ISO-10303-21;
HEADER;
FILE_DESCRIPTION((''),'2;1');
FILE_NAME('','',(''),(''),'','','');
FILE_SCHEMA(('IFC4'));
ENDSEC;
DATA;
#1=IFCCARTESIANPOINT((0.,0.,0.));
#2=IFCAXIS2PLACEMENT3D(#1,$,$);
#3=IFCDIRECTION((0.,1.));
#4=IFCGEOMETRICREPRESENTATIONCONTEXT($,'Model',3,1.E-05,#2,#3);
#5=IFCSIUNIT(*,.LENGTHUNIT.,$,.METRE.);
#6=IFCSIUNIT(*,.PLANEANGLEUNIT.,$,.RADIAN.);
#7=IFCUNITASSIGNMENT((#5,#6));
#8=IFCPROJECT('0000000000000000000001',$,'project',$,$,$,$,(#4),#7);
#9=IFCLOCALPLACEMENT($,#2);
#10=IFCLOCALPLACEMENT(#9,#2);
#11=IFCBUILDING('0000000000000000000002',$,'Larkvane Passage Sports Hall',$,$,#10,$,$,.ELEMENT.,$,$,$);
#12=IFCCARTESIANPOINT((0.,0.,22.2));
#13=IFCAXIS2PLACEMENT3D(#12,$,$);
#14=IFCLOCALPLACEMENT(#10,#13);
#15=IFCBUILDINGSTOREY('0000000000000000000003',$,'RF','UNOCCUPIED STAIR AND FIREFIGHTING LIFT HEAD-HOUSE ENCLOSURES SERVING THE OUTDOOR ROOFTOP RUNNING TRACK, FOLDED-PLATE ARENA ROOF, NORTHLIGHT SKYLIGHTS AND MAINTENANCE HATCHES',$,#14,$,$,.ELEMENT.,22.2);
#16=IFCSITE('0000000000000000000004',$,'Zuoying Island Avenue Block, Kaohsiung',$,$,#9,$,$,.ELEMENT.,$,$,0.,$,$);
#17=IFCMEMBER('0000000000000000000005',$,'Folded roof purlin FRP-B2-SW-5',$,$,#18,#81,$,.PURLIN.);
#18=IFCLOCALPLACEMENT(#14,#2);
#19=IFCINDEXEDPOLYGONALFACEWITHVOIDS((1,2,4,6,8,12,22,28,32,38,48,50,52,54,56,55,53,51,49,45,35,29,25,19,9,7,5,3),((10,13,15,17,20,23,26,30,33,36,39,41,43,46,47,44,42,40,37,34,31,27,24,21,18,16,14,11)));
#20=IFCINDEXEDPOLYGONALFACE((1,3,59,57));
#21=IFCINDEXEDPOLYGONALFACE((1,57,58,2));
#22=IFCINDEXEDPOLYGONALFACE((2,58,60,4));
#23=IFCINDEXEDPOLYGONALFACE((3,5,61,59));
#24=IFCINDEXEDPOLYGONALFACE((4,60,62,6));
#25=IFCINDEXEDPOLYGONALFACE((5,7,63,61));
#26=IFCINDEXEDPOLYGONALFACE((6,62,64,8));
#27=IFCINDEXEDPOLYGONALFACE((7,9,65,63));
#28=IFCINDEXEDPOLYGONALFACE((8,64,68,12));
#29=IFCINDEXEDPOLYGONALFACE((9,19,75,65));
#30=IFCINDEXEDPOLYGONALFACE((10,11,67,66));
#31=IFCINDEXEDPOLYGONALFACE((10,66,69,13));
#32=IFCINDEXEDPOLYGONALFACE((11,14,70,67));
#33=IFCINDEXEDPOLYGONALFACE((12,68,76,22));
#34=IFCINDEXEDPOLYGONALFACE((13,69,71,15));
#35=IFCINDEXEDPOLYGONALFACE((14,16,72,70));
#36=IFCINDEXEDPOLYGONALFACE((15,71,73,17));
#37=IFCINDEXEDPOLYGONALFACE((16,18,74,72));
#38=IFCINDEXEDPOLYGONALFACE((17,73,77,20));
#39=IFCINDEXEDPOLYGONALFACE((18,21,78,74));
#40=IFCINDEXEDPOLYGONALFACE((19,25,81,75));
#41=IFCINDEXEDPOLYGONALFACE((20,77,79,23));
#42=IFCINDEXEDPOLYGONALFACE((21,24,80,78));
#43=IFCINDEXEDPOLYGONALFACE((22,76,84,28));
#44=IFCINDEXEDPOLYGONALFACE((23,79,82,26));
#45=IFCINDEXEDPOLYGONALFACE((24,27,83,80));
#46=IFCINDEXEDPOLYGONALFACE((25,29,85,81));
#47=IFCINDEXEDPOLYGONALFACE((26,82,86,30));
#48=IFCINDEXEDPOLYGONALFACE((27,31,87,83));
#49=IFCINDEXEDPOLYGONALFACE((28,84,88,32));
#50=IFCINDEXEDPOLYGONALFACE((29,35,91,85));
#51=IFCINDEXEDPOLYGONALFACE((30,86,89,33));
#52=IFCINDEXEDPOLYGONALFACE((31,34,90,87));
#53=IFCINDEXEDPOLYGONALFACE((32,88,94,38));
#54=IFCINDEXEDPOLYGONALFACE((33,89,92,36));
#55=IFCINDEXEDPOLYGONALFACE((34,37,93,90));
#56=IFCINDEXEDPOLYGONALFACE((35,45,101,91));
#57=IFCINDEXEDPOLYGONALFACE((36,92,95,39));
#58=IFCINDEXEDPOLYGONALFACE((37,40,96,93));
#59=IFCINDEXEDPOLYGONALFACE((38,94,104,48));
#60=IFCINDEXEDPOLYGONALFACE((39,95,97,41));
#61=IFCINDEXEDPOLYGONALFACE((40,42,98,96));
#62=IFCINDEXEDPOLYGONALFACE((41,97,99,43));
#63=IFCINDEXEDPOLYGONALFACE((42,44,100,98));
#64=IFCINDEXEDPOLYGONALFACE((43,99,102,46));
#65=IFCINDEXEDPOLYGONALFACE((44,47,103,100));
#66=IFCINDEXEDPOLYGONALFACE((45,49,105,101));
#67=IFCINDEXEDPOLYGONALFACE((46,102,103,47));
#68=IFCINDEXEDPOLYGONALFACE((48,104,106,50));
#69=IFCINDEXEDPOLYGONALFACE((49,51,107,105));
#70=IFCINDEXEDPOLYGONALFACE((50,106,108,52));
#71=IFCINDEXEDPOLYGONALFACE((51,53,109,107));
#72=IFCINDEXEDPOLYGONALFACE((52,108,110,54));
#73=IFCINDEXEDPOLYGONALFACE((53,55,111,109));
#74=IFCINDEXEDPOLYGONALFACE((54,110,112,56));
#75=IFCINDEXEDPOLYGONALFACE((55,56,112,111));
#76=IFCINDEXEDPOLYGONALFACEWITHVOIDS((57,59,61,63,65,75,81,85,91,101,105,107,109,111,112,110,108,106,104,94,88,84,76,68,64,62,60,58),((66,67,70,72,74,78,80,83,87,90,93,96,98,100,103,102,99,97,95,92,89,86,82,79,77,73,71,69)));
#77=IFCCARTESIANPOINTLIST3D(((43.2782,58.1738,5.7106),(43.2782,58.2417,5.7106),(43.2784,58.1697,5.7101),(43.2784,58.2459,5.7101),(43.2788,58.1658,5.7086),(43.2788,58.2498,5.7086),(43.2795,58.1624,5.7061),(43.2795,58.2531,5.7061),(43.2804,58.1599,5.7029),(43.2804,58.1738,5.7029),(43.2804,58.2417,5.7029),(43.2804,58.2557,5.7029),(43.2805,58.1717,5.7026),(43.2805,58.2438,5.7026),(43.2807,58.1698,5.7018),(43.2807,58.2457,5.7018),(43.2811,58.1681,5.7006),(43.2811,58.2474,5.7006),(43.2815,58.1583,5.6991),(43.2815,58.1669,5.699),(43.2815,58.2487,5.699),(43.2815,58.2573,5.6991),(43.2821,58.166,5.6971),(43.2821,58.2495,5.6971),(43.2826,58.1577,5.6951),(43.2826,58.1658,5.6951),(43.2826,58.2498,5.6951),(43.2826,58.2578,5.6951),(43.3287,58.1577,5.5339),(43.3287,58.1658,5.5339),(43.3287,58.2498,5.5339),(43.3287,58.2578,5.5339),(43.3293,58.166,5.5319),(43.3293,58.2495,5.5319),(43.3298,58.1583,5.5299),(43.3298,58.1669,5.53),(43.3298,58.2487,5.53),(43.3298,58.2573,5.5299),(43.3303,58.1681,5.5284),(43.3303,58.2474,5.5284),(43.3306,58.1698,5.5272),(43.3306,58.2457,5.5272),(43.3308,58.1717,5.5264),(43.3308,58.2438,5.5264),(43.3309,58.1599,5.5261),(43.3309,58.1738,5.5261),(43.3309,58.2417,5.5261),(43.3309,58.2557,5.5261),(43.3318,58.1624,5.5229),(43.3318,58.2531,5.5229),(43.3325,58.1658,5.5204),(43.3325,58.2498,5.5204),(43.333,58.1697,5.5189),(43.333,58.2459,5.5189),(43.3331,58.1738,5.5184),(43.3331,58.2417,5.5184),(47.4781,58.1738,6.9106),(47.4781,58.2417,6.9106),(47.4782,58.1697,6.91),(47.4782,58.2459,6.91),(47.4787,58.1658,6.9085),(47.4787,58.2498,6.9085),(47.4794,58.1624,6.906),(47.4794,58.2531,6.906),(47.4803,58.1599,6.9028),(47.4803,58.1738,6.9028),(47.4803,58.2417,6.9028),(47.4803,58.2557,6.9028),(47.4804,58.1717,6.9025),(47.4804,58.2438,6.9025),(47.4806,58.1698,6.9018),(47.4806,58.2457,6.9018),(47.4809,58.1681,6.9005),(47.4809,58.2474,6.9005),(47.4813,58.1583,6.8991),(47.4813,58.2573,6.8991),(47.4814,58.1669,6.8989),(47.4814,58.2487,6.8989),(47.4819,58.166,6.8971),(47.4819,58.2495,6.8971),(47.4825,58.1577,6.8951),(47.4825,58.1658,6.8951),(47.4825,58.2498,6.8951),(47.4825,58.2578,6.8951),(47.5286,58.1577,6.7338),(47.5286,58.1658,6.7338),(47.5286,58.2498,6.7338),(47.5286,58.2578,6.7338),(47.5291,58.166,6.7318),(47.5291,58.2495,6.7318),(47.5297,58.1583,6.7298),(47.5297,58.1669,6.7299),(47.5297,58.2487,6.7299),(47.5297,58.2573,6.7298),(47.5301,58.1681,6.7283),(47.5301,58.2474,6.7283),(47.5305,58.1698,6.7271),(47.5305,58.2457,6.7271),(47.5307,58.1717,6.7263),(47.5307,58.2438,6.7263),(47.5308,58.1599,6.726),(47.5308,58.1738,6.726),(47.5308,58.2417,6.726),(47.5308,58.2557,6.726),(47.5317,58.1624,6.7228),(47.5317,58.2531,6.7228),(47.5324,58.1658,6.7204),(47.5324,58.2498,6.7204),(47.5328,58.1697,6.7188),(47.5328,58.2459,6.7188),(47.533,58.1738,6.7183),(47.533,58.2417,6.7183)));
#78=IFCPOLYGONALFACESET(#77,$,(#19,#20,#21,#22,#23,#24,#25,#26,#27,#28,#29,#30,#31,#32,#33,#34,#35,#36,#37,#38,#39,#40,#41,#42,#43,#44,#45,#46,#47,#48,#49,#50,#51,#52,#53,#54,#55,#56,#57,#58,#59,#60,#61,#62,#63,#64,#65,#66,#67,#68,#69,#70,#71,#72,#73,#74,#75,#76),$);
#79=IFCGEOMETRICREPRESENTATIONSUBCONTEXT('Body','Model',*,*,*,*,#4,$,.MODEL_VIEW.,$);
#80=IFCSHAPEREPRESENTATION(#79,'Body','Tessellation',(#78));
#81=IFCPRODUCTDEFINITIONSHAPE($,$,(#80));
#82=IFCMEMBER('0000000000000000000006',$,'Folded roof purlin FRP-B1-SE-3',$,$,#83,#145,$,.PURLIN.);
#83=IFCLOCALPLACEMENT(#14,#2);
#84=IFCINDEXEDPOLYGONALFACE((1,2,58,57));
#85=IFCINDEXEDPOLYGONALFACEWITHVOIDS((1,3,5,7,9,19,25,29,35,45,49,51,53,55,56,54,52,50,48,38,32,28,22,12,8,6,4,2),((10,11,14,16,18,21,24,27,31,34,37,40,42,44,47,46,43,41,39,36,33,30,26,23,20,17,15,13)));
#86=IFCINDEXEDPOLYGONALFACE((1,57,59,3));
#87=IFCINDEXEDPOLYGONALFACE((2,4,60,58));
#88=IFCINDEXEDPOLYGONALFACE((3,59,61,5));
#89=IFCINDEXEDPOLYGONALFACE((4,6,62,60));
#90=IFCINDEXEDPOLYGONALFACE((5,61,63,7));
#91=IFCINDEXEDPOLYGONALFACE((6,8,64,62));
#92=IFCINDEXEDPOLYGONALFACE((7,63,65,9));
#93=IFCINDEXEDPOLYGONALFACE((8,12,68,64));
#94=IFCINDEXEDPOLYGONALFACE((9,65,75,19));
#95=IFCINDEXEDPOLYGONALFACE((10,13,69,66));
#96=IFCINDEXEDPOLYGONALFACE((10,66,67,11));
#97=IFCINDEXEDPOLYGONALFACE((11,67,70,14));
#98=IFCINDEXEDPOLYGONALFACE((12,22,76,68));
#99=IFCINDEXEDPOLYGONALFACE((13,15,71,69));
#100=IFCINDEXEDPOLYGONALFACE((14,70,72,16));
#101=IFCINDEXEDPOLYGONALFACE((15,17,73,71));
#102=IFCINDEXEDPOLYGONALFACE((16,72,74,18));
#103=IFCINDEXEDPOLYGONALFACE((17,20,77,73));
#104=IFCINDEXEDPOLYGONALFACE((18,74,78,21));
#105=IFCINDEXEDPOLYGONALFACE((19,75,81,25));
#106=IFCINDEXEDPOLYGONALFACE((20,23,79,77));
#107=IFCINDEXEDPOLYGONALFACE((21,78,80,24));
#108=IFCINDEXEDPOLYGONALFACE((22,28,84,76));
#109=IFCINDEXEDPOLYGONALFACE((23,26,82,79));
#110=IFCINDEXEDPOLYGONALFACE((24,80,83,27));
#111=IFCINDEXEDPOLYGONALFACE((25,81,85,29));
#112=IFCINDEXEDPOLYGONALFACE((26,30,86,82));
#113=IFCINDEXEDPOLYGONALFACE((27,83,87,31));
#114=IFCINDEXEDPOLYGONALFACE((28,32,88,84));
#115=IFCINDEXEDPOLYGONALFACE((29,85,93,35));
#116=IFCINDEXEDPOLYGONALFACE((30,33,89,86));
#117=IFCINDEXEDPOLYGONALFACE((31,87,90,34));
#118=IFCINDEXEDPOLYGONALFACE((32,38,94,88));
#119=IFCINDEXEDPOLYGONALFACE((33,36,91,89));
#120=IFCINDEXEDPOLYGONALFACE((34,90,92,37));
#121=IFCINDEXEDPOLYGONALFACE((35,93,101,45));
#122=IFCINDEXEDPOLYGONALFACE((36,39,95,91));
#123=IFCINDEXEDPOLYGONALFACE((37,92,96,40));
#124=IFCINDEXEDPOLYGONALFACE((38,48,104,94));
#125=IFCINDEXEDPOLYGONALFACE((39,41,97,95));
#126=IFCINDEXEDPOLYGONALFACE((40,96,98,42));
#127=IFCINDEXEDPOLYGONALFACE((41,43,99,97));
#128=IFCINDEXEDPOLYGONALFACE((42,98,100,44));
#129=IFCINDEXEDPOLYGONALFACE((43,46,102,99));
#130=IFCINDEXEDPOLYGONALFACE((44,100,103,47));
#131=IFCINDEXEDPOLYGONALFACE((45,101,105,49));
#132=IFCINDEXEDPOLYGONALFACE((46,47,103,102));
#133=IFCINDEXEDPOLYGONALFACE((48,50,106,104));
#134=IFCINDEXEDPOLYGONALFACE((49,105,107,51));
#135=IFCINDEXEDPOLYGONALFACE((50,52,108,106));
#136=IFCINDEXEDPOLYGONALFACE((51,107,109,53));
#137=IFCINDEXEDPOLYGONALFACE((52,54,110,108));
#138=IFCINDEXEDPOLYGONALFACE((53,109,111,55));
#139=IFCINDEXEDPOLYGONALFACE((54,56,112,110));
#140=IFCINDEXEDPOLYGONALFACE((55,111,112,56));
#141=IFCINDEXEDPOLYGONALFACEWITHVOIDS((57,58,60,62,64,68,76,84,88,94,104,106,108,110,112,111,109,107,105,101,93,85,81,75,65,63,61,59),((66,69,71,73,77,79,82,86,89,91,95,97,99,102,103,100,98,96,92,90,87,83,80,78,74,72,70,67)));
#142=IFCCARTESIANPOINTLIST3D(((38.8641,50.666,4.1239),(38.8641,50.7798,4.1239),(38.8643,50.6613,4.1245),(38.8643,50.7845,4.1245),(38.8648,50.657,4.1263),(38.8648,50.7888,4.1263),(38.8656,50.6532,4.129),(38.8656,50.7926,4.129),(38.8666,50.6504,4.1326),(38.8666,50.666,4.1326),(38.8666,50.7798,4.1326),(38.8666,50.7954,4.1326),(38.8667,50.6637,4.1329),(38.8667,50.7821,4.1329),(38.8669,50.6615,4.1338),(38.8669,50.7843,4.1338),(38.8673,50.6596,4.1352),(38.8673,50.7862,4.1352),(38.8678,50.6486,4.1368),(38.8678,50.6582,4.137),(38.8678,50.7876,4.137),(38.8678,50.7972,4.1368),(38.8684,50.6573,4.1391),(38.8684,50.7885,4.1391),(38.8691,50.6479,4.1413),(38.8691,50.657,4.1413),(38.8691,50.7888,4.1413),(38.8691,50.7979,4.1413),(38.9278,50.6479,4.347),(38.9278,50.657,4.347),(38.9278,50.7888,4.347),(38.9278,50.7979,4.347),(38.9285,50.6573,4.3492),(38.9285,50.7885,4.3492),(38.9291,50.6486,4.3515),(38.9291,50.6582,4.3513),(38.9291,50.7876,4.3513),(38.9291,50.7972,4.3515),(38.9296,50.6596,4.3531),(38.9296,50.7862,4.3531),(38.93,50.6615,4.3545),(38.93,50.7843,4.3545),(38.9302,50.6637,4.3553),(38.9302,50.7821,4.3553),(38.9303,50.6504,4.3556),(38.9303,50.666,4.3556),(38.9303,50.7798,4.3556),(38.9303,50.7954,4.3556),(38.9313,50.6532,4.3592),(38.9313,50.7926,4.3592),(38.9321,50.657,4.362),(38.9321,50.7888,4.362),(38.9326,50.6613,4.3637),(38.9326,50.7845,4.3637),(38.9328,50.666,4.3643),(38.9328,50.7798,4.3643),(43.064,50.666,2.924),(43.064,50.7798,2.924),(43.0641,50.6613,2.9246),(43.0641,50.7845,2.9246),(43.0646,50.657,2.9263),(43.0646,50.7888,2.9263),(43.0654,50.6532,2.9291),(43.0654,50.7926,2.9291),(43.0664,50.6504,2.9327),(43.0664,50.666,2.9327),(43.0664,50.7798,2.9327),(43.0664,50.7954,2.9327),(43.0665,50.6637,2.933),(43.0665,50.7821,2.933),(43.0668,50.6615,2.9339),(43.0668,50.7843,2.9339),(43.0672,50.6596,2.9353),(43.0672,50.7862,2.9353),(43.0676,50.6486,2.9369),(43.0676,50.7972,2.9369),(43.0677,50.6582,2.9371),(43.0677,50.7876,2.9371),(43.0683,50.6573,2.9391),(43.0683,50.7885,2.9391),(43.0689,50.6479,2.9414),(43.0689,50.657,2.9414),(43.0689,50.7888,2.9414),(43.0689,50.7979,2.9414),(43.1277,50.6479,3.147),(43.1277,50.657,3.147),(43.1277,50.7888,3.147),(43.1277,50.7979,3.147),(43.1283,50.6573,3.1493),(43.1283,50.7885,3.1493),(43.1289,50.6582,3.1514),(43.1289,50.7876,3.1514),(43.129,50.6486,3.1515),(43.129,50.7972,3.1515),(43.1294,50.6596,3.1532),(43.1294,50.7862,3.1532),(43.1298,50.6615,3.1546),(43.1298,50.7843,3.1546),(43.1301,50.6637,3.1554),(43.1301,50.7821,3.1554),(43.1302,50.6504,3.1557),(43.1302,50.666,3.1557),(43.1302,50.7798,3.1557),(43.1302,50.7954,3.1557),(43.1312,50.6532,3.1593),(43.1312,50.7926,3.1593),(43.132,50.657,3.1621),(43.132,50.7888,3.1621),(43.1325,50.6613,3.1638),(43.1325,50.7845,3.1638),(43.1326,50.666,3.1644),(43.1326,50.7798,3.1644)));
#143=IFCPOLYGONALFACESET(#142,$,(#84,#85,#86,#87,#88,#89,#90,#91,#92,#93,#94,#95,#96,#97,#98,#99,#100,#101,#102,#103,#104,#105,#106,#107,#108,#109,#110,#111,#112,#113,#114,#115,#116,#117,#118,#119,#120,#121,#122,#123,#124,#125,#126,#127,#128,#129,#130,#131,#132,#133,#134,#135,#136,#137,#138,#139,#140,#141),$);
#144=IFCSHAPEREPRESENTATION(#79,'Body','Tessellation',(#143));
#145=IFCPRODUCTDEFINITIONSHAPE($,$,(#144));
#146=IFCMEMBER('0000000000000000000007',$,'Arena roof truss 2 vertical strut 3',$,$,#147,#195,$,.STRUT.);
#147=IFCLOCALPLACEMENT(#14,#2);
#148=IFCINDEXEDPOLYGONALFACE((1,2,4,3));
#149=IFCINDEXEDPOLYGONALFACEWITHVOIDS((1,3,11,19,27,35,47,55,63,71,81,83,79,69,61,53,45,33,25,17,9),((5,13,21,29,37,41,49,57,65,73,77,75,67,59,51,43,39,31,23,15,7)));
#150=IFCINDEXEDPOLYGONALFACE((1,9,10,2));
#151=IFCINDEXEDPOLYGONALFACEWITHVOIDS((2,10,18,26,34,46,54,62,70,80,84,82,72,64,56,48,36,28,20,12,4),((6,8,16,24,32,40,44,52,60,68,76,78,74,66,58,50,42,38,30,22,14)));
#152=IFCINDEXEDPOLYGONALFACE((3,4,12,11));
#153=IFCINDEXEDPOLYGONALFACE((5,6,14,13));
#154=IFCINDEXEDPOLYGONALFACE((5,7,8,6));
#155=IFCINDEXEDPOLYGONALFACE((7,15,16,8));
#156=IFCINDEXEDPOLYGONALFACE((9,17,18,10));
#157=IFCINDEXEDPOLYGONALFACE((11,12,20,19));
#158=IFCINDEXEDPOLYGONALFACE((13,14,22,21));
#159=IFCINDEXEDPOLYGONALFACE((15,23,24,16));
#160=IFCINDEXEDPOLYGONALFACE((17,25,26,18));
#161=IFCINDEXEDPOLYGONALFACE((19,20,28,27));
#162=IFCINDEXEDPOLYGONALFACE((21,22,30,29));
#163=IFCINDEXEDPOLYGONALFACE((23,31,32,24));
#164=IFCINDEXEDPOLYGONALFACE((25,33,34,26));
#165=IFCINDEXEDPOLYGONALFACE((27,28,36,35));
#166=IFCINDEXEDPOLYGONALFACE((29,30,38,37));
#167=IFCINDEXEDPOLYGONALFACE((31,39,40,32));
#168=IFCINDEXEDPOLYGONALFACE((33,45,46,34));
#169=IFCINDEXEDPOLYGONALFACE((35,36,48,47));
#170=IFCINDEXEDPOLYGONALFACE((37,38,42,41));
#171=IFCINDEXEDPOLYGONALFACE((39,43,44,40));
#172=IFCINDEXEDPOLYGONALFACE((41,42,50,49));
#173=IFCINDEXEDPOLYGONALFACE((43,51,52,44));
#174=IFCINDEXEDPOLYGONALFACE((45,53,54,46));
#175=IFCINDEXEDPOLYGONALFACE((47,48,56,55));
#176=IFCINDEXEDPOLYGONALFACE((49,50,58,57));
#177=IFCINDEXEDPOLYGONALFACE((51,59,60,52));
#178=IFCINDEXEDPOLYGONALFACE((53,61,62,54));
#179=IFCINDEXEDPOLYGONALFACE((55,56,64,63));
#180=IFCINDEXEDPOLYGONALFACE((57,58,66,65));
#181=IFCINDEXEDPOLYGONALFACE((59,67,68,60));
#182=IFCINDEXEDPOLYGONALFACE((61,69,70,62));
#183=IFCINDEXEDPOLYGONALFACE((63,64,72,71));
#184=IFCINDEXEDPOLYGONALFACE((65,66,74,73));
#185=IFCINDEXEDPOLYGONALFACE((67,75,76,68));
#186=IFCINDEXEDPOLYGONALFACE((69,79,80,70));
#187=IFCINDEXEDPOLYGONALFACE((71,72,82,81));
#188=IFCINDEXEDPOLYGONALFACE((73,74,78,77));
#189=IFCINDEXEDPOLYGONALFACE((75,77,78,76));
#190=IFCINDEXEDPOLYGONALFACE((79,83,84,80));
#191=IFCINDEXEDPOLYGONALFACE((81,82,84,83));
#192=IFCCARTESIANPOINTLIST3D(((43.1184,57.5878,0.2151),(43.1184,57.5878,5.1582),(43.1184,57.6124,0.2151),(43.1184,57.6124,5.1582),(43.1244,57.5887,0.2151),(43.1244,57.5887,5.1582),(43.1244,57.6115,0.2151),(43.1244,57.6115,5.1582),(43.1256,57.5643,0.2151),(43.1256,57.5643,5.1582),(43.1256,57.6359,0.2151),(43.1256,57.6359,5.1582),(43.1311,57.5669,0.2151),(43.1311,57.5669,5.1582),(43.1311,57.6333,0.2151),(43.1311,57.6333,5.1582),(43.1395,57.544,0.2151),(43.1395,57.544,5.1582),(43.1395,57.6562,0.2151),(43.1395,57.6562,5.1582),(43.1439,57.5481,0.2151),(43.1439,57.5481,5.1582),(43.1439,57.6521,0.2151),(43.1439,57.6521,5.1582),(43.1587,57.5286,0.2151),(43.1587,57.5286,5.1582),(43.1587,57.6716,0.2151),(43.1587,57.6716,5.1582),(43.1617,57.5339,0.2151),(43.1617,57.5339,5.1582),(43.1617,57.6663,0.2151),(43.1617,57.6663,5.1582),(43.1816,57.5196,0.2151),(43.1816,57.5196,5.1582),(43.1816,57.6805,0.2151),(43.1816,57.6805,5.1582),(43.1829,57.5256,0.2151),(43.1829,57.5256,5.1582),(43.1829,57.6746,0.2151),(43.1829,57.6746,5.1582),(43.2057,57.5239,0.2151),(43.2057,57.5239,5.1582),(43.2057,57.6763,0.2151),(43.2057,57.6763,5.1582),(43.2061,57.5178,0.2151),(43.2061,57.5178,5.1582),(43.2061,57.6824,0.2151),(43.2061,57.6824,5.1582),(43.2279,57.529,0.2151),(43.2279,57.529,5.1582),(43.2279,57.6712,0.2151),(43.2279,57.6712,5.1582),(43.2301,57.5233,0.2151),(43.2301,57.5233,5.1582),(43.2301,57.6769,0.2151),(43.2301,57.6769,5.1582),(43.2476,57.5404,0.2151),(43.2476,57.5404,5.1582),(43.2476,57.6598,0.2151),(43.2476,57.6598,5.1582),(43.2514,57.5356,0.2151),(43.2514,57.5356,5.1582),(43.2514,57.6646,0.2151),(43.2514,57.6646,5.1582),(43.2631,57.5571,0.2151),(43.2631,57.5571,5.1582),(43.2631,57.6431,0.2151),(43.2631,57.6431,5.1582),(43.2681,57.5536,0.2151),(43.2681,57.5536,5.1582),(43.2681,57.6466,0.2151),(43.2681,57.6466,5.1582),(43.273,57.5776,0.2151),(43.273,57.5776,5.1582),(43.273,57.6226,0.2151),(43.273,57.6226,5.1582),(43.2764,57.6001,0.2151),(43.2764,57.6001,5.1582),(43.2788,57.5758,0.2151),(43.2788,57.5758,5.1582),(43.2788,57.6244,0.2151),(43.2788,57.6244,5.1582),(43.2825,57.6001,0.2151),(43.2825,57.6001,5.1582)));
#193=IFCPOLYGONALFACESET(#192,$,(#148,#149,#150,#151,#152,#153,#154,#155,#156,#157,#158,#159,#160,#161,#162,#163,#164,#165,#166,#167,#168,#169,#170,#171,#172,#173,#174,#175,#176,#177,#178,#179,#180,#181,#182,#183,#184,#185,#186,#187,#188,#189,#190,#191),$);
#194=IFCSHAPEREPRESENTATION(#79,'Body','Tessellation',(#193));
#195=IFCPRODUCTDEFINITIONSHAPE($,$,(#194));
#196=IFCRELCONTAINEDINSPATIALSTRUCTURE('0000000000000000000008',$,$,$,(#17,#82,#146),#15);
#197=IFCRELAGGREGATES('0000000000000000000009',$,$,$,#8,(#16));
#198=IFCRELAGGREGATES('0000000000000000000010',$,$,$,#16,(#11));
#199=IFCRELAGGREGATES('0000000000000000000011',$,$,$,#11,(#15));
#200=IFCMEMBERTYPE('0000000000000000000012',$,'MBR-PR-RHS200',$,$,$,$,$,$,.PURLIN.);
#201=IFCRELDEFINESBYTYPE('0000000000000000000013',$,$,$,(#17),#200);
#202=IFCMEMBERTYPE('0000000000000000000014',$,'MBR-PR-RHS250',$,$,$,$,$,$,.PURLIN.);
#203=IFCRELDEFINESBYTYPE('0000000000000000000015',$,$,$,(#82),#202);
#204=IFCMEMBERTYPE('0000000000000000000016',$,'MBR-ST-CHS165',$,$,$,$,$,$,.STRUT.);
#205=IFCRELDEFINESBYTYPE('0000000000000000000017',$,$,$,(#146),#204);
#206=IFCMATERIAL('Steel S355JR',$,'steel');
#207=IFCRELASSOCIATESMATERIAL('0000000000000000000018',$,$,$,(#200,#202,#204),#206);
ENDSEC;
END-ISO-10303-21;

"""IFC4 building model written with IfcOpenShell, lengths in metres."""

from ifc_helpers import new_model, si_unit, direction, frame, origin, origin_2d, place, context, subcontext, project, spatial, hollow_rectangle, hollow_circle, extrude, material, material_profile, profile_set, type_object, element, save


model = new_model("IFC4")

# Units and contexts
model_context = context("Model", 3, precision=1e-05, world=origin(), true_north=direction((0.0, 1.0)))
body_context = subcontext(model_context, "Body", "Model", "MODEL_VIEW")
ifc_project = project(units=[si_unit("LENGTHUNIT", "METRE"), si_unit("PLANEANGLEUNIT", "RADIAN")], contexts=[model_context])

# Site, building, storey
site_placement = place(None, origin())
site = spatial("IfcSite", under=ifc_project, at=site_placement, Name="Zuoying Island Avenue Block, Kaohsiung", CompositionType="ELEMENT", RefElevation=0.0)
building_placement = place(site_placement, origin())
building = spatial("IfcBuilding", under=site, at=building_placement, Name="Larkvane Passage Sports Hall", CompositionType="ELEMENT")
storey_placement = place(building_placement, frame((0.0, 0.0, 22.2)))
storey = spatial("IfcBuildingStorey", under=building, at=storey_placement, Name="RF", Description="UNOCCUPIED STAIR AND FIREFIGHTING LIFT HEAD-HOUSE ENCLOSURES SERVING THE OUTDOOR ROOFTOP RUNNING TRACK, FOLDED-PLATE ARENA ROOF, NORTHLIGHT SKYLIGHTS AND MAINTENANCE HATCHES", CompositionType="ELEMENT", Elevation=22.2)

# Members
ifc_material_1 = material(Name="Steel S355JR", Category="steel")
ifc_material_profile_1 = material_profile(ifc_material_1, hollow_rectangle(XDim=0.1001, YDim=0.2, WallThickness=0.0081, InnerFilletRadius=0.0081, OuterFilletRadius=0.0161, at=origin_2d()), Name="RHS-200x100x8")
ifc_profile_set_1 = profile_set([ifc_material_profile_1], Name="Steel S355JR")
member_type_1 = type_object("IfcMemberType", Name="MBR-PR-RHS200", PredefinedType="PURLIN", material=ifc_profile_set_1)
member_1_placement = place(storey_placement, frame((43.3057, 58.2078, 5.6145), z_axis=(0.961526, 0.0, 0.274714), x_axis=(0.0, 1.0, 0.0)))
element("IfcMember", 1, at=member_1_placement, inside=storey, type_object=member_type_1, Name="Folded roof purlin FRP-B2-SW-5", PredefinedType="PURLIN", context=body_context, shape_type="SweptSolid", body=[
    extrude(hollow_rectangle(XDim=0.1001, YDim=0.2, WallThickness=0.0081, InnerFilletRadius=0.0081, OuterFilletRadius=0.0161, at=origin_2d()), origin(), (0.0, 0.0, 1.0), 4.3679),
])
ifc_material_profile_2 = material_profile(ifc_material_1, hollow_rectangle(XDim=0.1499, YDim=0.25, WallThickness=0.009, InnerFilletRadius=0.009, OuterFilletRadius=0.0181, at=origin_2d()), Name="RHS-250x150x9")
ifc_profile_set_2 = profile_set([ifc_material_profile_2], Name="Steel S355JR")
member_type_2 = type_object("IfcMemberType", Name="MBR-PR-RHS250", PredefinedType="PURLIN", material=ifc_profile_set_2)
member_2_placement = place(storey_placement, frame((38.8984, 50.7229, 4.2441), z_axis=(0.961526, 0.0, -0.274714), x_axis=(0.0, 1.0, 0.0)))
element("IfcMember", 2, at=member_2_placement, inside=storey, type_object=member_type_2, Name="Folded roof purlin FRP-B1-SE-3", PredefinedType="PURLIN", context=body_context, shape_type="SweptSolid", body=[
    extrude(hollow_rectangle(XDim=0.1499, YDim=0.25, WallThickness=0.009, InnerFilletRadius=0.009, OuterFilletRadius=0.0181, at=origin_2d()), origin(), (0.0, 0.0, 1.0), 4.3679),
])
ifc_material_profile_3 = material_profile(ifc_material_1, hollow_circle(Radius=0.0825, WallThickness=0.0061, at=origin_2d()), Name="CHS-165.2x6.0")
ifc_profile_set_3 = profile_set([ifc_material_profile_3], Name="Steel S355JR")
member_type_3 = type_object("IfcMemberType", Name="MBR-ST-CHS165", PredefinedType="STRUT", material=ifc_profile_set_3)
member_3_placement = place(storey_placement, frame((43.2, 57.6001, 0.2151), z_axis=(0.0, 0.0, 1.0), x_axis=(1.0, 0.0, 0.0)))
element("IfcMember", 3, at=member_3_placement, inside=storey, type_object=member_type_3, Name="Arena roof truss 2 vertical strut 3", PredefinedType="STRUT", context=body_context, shape_type="SweptSolid", body=[
    extrude(hollow_circle(Radius=0.0825, WallThickness=0.0061, at=origin_2d()), origin(), (0.0, 0.0, 1.0), 4.9431),
])

save(model, "model.ifc")
